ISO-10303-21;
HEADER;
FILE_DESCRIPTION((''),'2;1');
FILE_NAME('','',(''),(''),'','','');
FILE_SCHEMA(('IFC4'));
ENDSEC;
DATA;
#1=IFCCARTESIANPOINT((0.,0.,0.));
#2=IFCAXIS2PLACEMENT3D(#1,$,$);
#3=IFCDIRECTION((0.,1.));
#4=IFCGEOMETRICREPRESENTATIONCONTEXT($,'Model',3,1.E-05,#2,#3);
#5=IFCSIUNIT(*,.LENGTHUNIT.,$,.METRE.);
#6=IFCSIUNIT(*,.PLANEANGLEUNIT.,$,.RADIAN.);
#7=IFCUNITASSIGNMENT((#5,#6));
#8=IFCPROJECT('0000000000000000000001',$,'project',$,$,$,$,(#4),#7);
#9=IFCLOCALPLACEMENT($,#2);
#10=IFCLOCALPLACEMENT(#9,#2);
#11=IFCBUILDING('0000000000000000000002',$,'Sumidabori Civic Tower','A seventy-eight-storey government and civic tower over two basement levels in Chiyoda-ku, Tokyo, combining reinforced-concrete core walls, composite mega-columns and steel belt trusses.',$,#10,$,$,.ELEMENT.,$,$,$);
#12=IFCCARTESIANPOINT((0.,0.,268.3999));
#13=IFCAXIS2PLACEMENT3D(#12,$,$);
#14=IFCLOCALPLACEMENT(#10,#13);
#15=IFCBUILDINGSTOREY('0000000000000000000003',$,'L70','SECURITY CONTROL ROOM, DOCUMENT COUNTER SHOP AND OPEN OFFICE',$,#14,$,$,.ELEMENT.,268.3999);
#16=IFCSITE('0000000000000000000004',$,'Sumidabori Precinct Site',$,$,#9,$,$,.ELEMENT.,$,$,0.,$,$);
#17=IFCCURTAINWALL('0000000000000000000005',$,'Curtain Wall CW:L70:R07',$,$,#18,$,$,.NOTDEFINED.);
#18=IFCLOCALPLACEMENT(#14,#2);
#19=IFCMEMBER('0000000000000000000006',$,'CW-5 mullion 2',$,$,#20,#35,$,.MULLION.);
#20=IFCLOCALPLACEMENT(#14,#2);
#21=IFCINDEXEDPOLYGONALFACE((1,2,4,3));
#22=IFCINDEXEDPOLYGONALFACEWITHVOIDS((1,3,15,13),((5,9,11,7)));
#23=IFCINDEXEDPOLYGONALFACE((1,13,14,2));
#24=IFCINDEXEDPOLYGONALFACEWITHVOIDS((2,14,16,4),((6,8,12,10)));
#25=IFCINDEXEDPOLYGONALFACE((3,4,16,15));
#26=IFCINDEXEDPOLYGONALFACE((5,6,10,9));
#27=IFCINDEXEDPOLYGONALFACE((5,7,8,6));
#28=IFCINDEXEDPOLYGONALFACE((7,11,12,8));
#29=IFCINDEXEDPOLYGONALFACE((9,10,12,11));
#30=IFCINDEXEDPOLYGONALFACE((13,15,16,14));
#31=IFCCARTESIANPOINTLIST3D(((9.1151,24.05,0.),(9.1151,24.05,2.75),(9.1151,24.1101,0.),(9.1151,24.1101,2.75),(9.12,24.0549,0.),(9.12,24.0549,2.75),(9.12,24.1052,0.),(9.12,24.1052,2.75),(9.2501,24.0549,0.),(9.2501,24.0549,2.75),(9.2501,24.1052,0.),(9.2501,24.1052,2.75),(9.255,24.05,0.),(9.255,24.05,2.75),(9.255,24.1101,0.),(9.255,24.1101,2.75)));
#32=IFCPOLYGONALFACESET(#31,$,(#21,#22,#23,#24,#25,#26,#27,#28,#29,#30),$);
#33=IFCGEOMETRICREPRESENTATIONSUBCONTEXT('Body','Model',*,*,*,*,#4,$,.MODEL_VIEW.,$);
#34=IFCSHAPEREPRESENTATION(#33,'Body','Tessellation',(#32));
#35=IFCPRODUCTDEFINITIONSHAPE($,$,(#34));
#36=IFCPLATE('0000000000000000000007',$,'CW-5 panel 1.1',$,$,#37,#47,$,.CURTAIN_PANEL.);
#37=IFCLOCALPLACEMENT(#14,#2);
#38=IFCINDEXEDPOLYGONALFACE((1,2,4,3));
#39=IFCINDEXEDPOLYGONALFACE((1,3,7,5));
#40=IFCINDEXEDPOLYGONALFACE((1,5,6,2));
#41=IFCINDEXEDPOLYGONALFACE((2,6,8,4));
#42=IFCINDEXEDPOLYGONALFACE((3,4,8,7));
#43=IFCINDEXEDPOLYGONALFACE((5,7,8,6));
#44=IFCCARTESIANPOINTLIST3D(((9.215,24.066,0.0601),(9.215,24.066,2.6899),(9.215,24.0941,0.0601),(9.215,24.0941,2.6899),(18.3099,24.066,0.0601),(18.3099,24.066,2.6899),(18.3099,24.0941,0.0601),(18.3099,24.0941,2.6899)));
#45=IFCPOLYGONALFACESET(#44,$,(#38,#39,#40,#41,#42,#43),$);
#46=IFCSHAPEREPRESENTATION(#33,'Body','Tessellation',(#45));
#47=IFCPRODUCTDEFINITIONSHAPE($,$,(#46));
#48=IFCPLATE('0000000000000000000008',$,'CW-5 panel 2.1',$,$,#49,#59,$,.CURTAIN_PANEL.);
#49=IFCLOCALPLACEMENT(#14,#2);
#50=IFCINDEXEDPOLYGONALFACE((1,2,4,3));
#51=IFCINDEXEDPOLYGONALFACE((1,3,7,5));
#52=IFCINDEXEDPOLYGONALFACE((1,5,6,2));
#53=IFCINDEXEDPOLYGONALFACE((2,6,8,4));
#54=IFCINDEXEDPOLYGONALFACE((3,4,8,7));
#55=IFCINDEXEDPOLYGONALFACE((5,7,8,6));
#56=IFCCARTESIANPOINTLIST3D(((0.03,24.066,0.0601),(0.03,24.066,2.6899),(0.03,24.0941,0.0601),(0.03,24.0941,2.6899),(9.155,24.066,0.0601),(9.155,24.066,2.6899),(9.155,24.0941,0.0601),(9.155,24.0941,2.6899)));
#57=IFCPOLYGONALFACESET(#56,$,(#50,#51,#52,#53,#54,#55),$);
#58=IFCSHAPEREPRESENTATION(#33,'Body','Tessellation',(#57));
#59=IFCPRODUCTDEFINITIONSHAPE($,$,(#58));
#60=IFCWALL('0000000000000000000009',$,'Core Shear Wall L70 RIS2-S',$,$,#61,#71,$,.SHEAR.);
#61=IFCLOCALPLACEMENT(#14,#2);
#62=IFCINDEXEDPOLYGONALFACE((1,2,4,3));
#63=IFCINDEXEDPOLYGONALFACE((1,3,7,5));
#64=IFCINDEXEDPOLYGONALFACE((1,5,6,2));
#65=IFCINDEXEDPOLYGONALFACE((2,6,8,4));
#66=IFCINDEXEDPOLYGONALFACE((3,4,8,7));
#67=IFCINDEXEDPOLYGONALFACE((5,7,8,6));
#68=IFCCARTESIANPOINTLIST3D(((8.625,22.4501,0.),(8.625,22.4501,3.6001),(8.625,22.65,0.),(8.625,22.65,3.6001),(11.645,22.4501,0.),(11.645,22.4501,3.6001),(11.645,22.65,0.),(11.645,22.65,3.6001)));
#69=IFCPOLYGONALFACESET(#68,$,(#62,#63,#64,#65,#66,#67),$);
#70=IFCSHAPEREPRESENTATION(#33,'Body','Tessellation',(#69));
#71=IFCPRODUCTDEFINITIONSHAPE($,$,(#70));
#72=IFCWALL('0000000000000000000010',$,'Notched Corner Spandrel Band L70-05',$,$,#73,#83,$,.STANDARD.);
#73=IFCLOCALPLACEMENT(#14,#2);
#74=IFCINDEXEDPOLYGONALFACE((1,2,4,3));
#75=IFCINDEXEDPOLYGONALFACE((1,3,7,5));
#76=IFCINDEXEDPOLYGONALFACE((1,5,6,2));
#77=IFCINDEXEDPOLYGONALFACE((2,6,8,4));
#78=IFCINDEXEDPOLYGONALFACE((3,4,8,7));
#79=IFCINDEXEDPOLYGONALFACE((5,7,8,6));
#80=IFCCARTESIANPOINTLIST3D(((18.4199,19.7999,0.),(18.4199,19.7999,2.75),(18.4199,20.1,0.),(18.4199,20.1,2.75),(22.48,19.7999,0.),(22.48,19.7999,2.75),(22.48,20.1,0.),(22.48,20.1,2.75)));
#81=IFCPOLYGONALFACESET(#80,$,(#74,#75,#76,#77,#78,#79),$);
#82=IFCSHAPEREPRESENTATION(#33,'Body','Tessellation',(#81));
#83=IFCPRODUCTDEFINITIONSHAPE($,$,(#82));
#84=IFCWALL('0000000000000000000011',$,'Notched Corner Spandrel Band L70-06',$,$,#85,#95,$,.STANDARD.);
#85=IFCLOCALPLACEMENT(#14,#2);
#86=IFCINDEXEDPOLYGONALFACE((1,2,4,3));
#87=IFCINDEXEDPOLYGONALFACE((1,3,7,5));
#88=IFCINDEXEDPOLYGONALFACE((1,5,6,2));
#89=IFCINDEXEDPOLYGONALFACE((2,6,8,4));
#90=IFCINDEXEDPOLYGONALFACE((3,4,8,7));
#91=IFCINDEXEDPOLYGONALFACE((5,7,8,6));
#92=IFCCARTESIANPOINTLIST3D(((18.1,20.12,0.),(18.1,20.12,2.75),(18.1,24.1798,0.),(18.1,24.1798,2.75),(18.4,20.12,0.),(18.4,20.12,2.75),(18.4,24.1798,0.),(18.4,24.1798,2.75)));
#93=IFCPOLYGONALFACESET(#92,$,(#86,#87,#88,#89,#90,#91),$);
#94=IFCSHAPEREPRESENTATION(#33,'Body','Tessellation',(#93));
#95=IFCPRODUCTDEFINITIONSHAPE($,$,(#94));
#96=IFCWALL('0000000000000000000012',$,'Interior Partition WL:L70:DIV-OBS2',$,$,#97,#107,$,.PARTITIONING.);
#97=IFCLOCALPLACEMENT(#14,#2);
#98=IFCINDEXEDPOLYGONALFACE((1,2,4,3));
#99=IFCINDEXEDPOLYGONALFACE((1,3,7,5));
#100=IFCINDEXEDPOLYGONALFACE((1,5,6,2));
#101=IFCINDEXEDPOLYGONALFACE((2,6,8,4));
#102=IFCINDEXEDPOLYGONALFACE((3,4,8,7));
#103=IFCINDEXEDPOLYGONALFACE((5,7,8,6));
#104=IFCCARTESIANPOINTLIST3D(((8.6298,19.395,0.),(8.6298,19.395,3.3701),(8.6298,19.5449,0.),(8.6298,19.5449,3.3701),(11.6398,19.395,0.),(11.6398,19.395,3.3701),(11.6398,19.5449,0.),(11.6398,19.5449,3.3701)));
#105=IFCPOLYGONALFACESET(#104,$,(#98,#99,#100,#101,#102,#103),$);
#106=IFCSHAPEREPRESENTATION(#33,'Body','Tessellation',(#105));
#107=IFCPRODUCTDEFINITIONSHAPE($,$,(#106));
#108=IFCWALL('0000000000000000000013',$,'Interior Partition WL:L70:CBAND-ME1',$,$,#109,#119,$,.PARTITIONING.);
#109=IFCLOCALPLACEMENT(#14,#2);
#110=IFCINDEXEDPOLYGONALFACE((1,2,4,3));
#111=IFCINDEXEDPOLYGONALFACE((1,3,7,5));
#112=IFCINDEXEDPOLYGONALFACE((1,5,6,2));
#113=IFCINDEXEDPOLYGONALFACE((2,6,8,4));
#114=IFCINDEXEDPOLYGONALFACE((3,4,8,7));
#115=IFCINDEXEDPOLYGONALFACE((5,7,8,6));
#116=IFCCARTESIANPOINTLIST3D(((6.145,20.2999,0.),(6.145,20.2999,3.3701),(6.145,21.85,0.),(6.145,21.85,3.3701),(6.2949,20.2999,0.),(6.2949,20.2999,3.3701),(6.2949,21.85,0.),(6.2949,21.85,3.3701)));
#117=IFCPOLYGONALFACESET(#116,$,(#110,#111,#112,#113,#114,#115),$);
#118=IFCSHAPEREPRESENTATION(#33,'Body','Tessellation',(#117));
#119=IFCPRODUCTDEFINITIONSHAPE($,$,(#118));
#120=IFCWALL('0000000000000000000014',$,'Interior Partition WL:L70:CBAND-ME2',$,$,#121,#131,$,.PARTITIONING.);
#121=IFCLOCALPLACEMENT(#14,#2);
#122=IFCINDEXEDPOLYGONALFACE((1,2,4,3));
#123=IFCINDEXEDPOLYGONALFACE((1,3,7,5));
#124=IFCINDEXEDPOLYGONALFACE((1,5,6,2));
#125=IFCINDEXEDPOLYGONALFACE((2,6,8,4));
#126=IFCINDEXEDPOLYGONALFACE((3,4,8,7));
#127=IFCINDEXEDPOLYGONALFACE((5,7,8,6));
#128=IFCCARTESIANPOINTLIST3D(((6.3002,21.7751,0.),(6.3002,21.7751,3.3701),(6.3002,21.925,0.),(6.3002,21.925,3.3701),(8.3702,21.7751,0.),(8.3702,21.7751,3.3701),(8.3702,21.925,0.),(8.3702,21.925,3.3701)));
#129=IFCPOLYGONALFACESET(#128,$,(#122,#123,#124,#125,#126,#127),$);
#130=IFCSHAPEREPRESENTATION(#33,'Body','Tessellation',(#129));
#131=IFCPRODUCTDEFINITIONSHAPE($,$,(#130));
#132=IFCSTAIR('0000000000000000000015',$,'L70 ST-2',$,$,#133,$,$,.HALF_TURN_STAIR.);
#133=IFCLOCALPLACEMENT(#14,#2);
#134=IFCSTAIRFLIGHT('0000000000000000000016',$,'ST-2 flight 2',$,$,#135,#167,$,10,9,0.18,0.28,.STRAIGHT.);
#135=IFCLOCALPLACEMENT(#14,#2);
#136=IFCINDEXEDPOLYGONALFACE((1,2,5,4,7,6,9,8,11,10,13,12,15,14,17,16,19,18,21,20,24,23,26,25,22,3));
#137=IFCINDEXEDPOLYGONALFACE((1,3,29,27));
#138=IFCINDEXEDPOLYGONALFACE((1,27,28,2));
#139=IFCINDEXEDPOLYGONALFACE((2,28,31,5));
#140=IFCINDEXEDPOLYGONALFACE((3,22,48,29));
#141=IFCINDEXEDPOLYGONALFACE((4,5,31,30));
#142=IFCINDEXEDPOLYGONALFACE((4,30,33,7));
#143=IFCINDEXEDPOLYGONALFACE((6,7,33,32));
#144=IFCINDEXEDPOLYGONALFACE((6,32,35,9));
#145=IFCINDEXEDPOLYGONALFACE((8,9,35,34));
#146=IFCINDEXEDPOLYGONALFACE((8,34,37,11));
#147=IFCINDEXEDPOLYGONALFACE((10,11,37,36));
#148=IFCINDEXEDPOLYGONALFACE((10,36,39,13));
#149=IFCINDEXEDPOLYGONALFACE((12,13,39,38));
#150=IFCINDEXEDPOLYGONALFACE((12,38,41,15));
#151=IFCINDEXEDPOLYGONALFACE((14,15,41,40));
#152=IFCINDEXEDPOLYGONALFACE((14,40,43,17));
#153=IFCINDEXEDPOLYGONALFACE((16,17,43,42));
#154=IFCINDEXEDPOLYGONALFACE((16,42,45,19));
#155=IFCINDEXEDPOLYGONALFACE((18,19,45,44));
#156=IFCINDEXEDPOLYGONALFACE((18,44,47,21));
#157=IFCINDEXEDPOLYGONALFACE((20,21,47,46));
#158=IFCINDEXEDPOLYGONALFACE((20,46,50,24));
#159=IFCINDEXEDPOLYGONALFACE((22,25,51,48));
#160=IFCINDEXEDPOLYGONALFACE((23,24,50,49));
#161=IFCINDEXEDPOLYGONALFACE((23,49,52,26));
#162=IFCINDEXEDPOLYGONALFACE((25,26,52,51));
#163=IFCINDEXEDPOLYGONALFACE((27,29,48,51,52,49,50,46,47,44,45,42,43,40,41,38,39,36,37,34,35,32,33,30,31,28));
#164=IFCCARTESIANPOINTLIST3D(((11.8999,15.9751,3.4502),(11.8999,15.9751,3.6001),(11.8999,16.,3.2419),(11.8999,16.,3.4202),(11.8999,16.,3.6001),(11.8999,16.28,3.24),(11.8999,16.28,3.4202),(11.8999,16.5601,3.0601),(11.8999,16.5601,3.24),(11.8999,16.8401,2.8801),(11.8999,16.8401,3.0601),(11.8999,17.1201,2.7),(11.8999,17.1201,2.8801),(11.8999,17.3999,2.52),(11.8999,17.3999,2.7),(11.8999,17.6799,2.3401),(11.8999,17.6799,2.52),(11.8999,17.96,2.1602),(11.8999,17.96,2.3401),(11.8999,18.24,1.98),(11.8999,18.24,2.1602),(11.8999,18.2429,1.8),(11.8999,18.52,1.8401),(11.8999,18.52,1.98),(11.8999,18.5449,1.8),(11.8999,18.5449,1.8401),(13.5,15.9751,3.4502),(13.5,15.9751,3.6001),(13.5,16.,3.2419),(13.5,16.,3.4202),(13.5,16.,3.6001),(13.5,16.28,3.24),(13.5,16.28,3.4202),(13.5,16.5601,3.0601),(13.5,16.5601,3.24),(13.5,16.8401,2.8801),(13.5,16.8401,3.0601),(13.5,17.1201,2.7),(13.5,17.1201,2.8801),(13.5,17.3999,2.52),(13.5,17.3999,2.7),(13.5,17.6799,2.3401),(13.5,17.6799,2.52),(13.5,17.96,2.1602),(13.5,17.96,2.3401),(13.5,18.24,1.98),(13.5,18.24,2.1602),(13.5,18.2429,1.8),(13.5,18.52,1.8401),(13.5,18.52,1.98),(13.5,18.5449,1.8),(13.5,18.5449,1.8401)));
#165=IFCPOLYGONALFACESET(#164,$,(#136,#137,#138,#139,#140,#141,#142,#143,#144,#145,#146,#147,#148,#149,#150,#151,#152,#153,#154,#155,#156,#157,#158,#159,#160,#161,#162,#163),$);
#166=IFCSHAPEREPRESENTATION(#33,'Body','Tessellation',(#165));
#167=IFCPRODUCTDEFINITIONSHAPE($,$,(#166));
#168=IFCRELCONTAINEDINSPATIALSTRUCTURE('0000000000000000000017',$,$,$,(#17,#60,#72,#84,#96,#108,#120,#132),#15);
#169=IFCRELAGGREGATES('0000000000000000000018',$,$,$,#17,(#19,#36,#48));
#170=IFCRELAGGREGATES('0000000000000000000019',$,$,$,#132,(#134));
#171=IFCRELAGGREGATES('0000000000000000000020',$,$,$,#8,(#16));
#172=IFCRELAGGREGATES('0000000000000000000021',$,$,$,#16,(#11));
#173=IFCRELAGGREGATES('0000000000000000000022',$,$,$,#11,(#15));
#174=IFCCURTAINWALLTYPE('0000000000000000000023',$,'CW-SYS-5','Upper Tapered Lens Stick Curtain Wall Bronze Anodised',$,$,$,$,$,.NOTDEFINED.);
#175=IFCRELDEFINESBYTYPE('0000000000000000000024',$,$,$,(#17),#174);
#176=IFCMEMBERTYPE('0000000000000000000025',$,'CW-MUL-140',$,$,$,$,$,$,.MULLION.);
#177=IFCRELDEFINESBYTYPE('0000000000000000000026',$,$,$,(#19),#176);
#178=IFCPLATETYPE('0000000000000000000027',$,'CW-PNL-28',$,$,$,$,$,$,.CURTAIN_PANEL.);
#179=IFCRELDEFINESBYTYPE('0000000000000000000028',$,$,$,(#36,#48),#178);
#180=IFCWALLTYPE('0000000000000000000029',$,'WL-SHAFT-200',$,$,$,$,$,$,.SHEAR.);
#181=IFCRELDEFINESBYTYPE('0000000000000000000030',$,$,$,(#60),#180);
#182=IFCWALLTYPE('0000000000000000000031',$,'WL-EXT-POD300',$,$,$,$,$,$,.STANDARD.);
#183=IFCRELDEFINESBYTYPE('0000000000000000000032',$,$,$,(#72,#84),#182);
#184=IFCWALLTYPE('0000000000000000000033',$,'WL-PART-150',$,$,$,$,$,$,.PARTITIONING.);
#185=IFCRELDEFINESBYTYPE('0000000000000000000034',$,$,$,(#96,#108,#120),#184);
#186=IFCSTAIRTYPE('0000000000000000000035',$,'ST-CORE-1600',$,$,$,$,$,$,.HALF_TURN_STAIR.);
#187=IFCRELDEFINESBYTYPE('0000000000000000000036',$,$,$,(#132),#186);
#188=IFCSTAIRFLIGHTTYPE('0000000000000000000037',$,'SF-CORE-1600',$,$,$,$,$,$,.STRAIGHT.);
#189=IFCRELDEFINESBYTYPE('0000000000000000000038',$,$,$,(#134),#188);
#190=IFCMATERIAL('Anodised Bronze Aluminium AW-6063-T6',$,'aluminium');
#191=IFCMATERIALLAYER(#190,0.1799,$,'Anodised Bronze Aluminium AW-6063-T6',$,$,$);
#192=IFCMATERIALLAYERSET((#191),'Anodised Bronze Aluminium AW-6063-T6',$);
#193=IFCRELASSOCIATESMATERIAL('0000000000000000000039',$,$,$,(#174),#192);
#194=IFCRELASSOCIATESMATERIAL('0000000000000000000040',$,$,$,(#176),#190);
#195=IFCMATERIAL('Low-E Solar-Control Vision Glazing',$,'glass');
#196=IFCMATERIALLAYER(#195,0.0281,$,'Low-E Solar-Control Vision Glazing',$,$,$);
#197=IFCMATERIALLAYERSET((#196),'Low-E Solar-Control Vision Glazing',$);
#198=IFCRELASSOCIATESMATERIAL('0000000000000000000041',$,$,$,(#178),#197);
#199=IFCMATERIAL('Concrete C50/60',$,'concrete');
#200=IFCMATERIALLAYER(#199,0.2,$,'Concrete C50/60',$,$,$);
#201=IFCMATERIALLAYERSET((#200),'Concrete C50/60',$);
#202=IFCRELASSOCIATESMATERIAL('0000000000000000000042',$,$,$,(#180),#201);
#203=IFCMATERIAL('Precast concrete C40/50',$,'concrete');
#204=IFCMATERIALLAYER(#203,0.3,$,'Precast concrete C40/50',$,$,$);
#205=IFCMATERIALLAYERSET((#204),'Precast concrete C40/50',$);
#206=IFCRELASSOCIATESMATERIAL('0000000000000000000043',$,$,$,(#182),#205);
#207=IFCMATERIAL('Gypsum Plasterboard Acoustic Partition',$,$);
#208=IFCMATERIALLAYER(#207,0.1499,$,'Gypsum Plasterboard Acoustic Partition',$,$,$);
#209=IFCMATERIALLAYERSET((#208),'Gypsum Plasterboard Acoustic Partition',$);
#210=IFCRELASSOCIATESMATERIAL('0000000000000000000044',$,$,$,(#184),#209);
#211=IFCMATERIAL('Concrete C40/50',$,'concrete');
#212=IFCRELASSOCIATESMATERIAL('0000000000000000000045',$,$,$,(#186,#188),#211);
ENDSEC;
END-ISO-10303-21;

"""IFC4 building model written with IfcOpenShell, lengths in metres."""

from ifc_helpers import new_model, si_unit, direction, frame, frame_2d, origin, origin_2d, place, context, subcontext, project, spatial, polyline, rectangle, hollow_rectangle, outline, extrude, source, transform, mapped, material, layer, layer_set, material_profile, profile_set, type_object, element, aggregate, save


model = new_model("IFC4")

# Units and contexts
model_context = context("Model", 3, precision=1e-05, world=origin(), true_north=direction((0.0, 1.0)))
body_context = subcontext(model_context, "Body", "Model", "MODEL_VIEW")
ifc_project = project(units=[si_unit("LENGTHUNIT", "METRE"), si_unit("PLANEANGLEUNIT", "RADIAN")], contexts=[model_context])

# Site, building, storey
site_placement = place(None, origin())
site = spatial("IfcSite", under=ifc_project, at=site_placement, Name="Sumidabori Precinct Site", CompositionType="ELEMENT", RefElevation=0.0)
building_placement = place(site_placement, origin())
building = spatial("IfcBuilding", under=site, at=building_placement, Name="Sumidabori Civic Tower", Description="A seventy-eight-storey government and civic tower over two basement levels in Chiyoda-ku, Tokyo, combining reinforced-concrete core walls, composite mega-columns and steel belt trusses.", CompositionType="ELEMENT")
storey_placement = place(building_placement, frame((0.0, 0.0, 268.3999)))
storey = spatial("IfcBuildingStorey", under=building, at=storey_placement, Name="L70", Description="SECURITY CONTROL ROOM, DOCUMENT COUNTER SHOP AND OPEN OFFICE", CompositionType="ELEMENT", Elevation=268.3999)

# Curtain wall
ifc_material_1 = material(Name="Anodised Bronze Aluminium AW-6063-T6", Category="aluminium")
ifc_layer_1 = layer(ifc_material_1, 0.1799, Name="Anodised Bronze Aluminium AW-6063-T6")
ifc_layer_set_1 = layer_set([ifc_layer_1], Name="Anodised Bronze Aluminium AW-6063-T6")
curtain_wall_type = type_object("IfcCurtainWallType", Name="CW-SYS-5", Description="Upper Tapered Lens Stick Curtain Wall Bronze Anodised", PredefinedType="NOTDEFINED", material=ifc_layer_set_1)
curtain_wall_1_placement = place(storey_placement, origin())
curtain_wall_1 = element("IfcCurtainWall", 1, at=curtain_wall_1_placement, inside=storey, type_object=curtain_wall_type, Name="Curtain Wall CW:L70:R07", PredefinedType="NOTDEFINED")

# Shared definitions
ifc_material_profile_1 = material_profile(ifc_material_1, hollow_rectangle(XDim=0.0601, YDim=0.1399, WallThickness=0.0049, at=origin_2d()), Name="ALU MULLION 140x60")
ifc_profile_set_1 = profile_set([ifc_material_profile_1], Name="Anodised Bronze Aluminium AW-6063-T6")
member_type_1 = type_object("IfcMemberType", Name="CW-MUL-140", PredefinedType="MULLION", material=ifc_profile_set_1)
shared_shape_1 = source(origin(), body_context, "Body", "SweptSolid", [
    extrude(hollow_rectangle(XDim=0.0601, YDim=0.1399, WallThickness=0.0049, at=origin_2d()), origin(), (0.0, 0.0, 1.0), 2.75),
])

# Member
member_1_placement = place(storey_placement, frame((9.1851, 24.0801, 0.0), z_axis=(0.0, 0.0, 1.0), x_axis=(0.0, -1.0, 0.0)))
member_1 = element("IfcMember", 2, at=member_1_placement, type_object=member_type_1, Name="CW-5 mullion 2", PredefinedType="MULLION", context=body_context, shape_type="MappedRepresentation", body=[
    mapped(shared_shape_1, transform((0.0, 0.0, 0.0), x_axis=(1.0, 0.0, 0.0), y_axis=(0.0, 1.0, 0.0), z_axis=(0.0, 0.0, 1.0), scale=1.0)),
])

# Plates
ifc_material_2 = material(Name="Low-E Solar-Control Vision Glazing", Category="glass")
ifc_layer_2 = layer(ifc_material_2, 0.0281, Name="Low-E Solar-Control Vision Glazing")
ifc_layer_set_2 = layer_set([ifc_layer_2], Name="Low-E Solar-Control Vision Glazing")
plate_type = type_object("IfcPlateType", Name="CW-PNL-28", PredefinedType="CURTAIN_PANEL", material=ifc_layer_set_2)
shared_shape_2 = source(origin(), body_context, "Body", "SweptSolid", [
    extrude(rectangle(XDim=9.095, YDim=0.0281, at=origin_2d()), origin(), (0.0, 0.0, 1.0), 2.6299),
])
plate_1_placement = place(storey_placement, frame((13.7625, 24.0801, 0.0601), z_axis=(0.0, 0.0, 1.0), x_axis=(-1.0, 0.0, 0.0)))
plate_1 = element("IfcPlate", 3, at=plate_1_placement, type_object=plate_type, Name="CW-5 panel 1.1", PredefinedType="CURTAIN_PANEL", context=body_context, shape_type="MappedRepresentation", body=[
    mapped(shared_shape_2, transform((0.0, 0.0, 0.0), x_axis=(1.0, 0.0, 0.0), y_axis=(0.0, 1.0, 0.0), z_axis=(0.0, 0.0, 1.0), scale=1.0)),
])
shared_shape_3 = source(origin(), body_context, "Body", "SweptSolid", [
    extrude(rectangle(XDim=9.125, YDim=0.0281, at=origin_2d()), origin(), (0.0, 0.0, 1.0), 2.6299),
])
plate_2_placement = place(storey_placement, frame((4.5925, 24.0801, 0.0601), z_axis=(0.0, 0.0, 1.0), x_axis=(-1.0, 0.0, 0.0)))
plate_2 = element("IfcPlate", 4, at=plate_2_placement, type_object=plate_type, Name="CW-5 panel 2.1", PredefinedType="CURTAIN_PANEL", context=body_context, shape_type="MappedRepresentation", body=[
    mapped(shared_shape_3, transform((0.0, 0.0, 0.0), x_axis=(1.0, 0.0, 0.0), y_axis=(0.0, 1.0, 0.0), z_axis=(0.0, 0.0, 1.0), scale=1.0)),
])
aggregate(curtain_wall_1, [member_1, plate_1, plate_2])

# Walls
ifc_material_3 = material(Name="Concrete C50/60", Category="concrete")
ifc_layer_3 = layer(ifc_material_3, 0.2, Name="Concrete C50/60")
ifc_layer_set_3 = layer_set([ifc_layer_3], Name="Concrete C50/60")
wall_type_1 = type_object("IfcWallType", Name="WL-SHAFT-200", PredefinedType="SHEAR", material=ifc_layer_set_3)
shared_shape_4 = source(origin(), body_context, "Body", "SweptSolid", [
    extrude(rectangle(XDim=3.02, YDim=0.2, at=frame_2d((1.51, 0.0))), origin(), (0.0, 0.0, 1.0), 3.6001),
])
wall_1_placement = place(storey_placement, frame((8.625, 22.55, 0.0), z_axis=(0.0, 0.0, 1.0), x_axis=(1.0, 0.0, 0.0)))
element("IfcWall", 5, at=wall_1_placement, inside=storey, type_object=wall_type_1, Name="Core Shear Wall L70 RIS2-S", PredefinedType="SHEAR", context=body_context, shape_type="MappedRepresentation", body=[
    mapped(shared_shape_4, transform((0.0, 0.0, 0.0), x_axis=(1.0, 0.0, 0.0), y_axis=(0.0, 1.0, 0.0), z_axis=(0.0, 0.0, 1.0), scale=1.0)),
])
ifc_material_4 = material(Name="Precast concrete C40/50", Category="concrete")
ifc_layer_4 = layer(ifc_material_4, 0.3, Name="Precast concrete C40/50")
ifc_layer_set_4 = layer_set([ifc_layer_4], Name="Precast concrete C40/50")
wall_type_2 = type_object("IfcWallType", Name="WL-EXT-POD300", PredefinedType="STANDARD", material=ifc_layer_set_4)
shared_shape_5 = source(origin(), body_context, "Body", "SweptSolid", [
    extrude(rectangle(XDim=4.0601, YDim=0.3, at=frame_2d((2.03, 0.0))), origin(), (0.0, 0.0, 1.0), 2.75),
])
wall_2_placement = place(storey_placement, frame((22.48, 19.95, 0.0), z_axis=(0.0, 0.0, 1.0), x_axis=(-1.0, 0.0, 0.0)))
element("IfcWall", 6, at=wall_2_placement, inside=storey, type_object=wall_type_2, Name="Notched Corner Spandrel Band L70-05", PredefinedType="STANDARD", context=body_context, shape_type="MappedRepresentation", body=[
    mapped(shared_shape_5, transform((0.0, 0.0, 0.0), x_axis=(1.0, 0.0, 0.0), y_axis=(0.0, 1.0, 0.0), z_axis=(0.0, 0.0, 1.0), scale=1.0)),
])
shared_shape_6 = source(origin(), body_context, "Body", "SweptSolid", [
    extrude(rectangle(XDim=4.0598, YDim=0.3, at=frame_2d((2.0298, 0.0))), origin(), (0.0, 0.0, 1.0), 2.75),
])
wall_3_placement = place(storey_placement, frame((18.25, 20.1201, 0.0), z_axis=(0.0, 0.0, 1.0), x_axis=(0.0, 1.0, 0.0)))
element("IfcWall", 7, at=wall_3_placement, inside=storey, type_object=wall_type_2, Name="Notched Corner Spandrel Band L70-06", PredefinedType="STANDARD", context=body_context, shape_type="MappedRepresentation", body=[
    mapped(shared_shape_6, transform((0.0, 0.0, 0.0), x_axis=(1.0, 0.0, 0.0), y_axis=(0.0, 1.0, 0.0), z_axis=(0.0, 0.0, 1.0), scale=1.0)),
])
ifc_material_5 = material(Name="Gypsum Plasterboard Acoustic Partition")
ifc_layer_5 = layer(ifc_material_5, 0.1499, Name="Gypsum Plasterboard Acoustic Partition")
ifc_layer_set_5 = layer_set([ifc_layer_5], Name="Gypsum Plasterboard Acoustic Partition")
wall_type_3 = type_object("IfcWallType", Name="WL-PART-150", PredefinedType="PARTITIONING", material=ifc_layer_set_5)
shared_shape_7 = source(origin(), body_context, "Body", "SweptSolid", [
    extrude(rectangle(XDim=3.01, YDim=0.1499, at=frame_2d((1.5049, 0.0))), origin(), (0.0, 0.0, 1.0), 3.3701),
])
wall_4_placement = place(storey_placement, frame((8.6299, 19.47, 0.0), z_axis=(0.0, 0.0, 1.0), x_axis=(1.0, 0.0, 0.0)))
element("IfcWall", 8, at=wall_4_placement, inside=storey, type_object=wall_type_3, Name="Interior Partition WL:L70:DIV-OBS2", PredefinedType="PARTITIONING", context=body_context, shape_type="MappedRepresentation", body=[
    mapped(shared_shape_7, transform((0.0, 0.0, 0.0), x_axis=(1.0, 0.0, 0.0), y_axis=(0.0, 1.0, 0.0), z_axis=(0.0, 0.0, 1.0), scale=1.0)),
])
shared_shape_8 = source(origin(), body_context, "Body", "SweptSolid", [
    extrude(rectangle(XDim=1.55, YDim=0.1499, at=frame_2d((0.7749, 0.0))), origin(), (0.0, 0.0, 1.0), 3.3701),
])
wall_5_placement = place(storey_placement, frame((6.22, 20.3, 0.0), z_axis=(0.0, 0.0, 1.0), x_axis=(0.0, 1.0, 0.0)))
element("IfcWall", 9, at=wall_5_placement, inside=storey, type_object=wall_type_3, Name="Interior Partition WL:L70:CBAND-ME1", PredefinedType="PARTITIONING", context=body_context, shape_type="MappedRepresentation", body=[
    mapped(shared_shape_8, transform((0.0, 0.0, 0.0), x_axis=(1.0, 0.0, 0.0), y_axis=(0.0, 1.0, 0.0), z_axis=(0.0, 0.0, 1.0), scale=1.0)),
])
shared_shape_9 = source(origin(), body_context, "Body", "SweptSolid", [
    extrude(rectangle(XDim=2.0701, YDim=0.1499, at=frame_2d((1.0352, 0.0))), origin(), (0.0, 0.0, 1.0), 3.3701),
])
wall_6_placement = place(storey_placement, frame((6.3, 21.8501, 0.0), z_axis=(0.0, 0.0, 1.0), x_axis=(1.0, 0.0, 0.0)))
element("IfcWall", 10, at=wall_6_placement, inside=storey, type_object=wall_type_3, Name="Interior Partition WL:L70:CBAND-ME2", PredefinedType="PARTITIONING", context=body_context, shape_type="MappedRepresentation", body=[
    mapped(shared_shape_9, transform((0.0, 0.0, 0.0), x_axis=(1.0, 0.0, 0.0), y_axis=(0.0, 1.0, 0.0), z_axis=(0.0, 0.0, 1.0), scale=1.0)),
])

# Stair, stair flight
ifc_material_6 = material(Name="Concrete C40/50", Category="concrete")
stair_type = type_object("IfcStairType", Name="ST-CORE-1600", PredefinedType="HALF_TURN_STAIR", material=ifc_material_6)
stair_placement = place(storey_placement, origin())
stair = element("IfcStair", 11, at=stair_placement, inside=storey, type_object=stair_type, Name="L70 ST-2", PredefinedType="HALF_TURN_STAIR")
stair_flight_type = type_object("IfcStairFlightType", Name="SF-CORE-1600", PredefinedType="STRAIGHT", material=ifc_material_6)
shared_shape_10 = source(origin(), body_context, "Body", "SweptSolid", [
    extrude(outline(polyline([(-0.0249, 0.0), (-0.0249, 0.04), (0.0, 0.04), (0.0, 0.1799), (0.28, 0.1799), (0.28, 0.3601), (0.5601, 0.3601), (0.5601, 0.54), (0.8401, 0.54), (0.8401, 0.72), (1.1201, 0.72), (1.1201, 0.8999), (1.3999, 0.8999), (1.3999, 1.0801), (1.6799, 1.0801), (1.6799, 1.26), (1.96, 1.26), (1.96, 1.4399), (2.24, 1.4399), (2.24, 1.6201), (2.52, 1.6201), (2.52, 1.8), (2.5449, 1.8), (2.5449, 1.6501), (2.52, 1.4419), (0.2771, 0.0), (-0.0249, 0.0)])), frame((0.0, 0.8, 0.0), z_axis=(0.0, -1.0, 0.0), x_axis=(1.0, 0.0, 0.0)), (0.0, 0.0, 1.0), 1.6001),
])
stair_flight_placement = place(storey_placement, frame((12.7, 18.52, 1.8), z_axis=(0.0, 0.0, 1.0), x_axis=(0.0, -1.0, 0.0)))
stair_flight = element("IfcStairFlight", 12, at=stair_flight_placement, type_object=stair_flight_type, Name="ST-2 flight 2", NumberOfRisers=10, NumberOfTreads=9, PredefinedType="STRAIGHT", RiserHeight=0.18, TreadLength=0.28, context=body_context, shape_type="MappedRepresentation", body=[
    mapped(shared_shape_10, transform((0.0, 0.0, 0.0), x_axis=(1.0, 0.0, 0.0), y_axis=(0.0, 1.0, 0.0), z_axis=(0.0, 0.0, 1.0), scale=1.0)),
])
aggregate(stair, [stair_flight])

save(model, "model.ifc")
